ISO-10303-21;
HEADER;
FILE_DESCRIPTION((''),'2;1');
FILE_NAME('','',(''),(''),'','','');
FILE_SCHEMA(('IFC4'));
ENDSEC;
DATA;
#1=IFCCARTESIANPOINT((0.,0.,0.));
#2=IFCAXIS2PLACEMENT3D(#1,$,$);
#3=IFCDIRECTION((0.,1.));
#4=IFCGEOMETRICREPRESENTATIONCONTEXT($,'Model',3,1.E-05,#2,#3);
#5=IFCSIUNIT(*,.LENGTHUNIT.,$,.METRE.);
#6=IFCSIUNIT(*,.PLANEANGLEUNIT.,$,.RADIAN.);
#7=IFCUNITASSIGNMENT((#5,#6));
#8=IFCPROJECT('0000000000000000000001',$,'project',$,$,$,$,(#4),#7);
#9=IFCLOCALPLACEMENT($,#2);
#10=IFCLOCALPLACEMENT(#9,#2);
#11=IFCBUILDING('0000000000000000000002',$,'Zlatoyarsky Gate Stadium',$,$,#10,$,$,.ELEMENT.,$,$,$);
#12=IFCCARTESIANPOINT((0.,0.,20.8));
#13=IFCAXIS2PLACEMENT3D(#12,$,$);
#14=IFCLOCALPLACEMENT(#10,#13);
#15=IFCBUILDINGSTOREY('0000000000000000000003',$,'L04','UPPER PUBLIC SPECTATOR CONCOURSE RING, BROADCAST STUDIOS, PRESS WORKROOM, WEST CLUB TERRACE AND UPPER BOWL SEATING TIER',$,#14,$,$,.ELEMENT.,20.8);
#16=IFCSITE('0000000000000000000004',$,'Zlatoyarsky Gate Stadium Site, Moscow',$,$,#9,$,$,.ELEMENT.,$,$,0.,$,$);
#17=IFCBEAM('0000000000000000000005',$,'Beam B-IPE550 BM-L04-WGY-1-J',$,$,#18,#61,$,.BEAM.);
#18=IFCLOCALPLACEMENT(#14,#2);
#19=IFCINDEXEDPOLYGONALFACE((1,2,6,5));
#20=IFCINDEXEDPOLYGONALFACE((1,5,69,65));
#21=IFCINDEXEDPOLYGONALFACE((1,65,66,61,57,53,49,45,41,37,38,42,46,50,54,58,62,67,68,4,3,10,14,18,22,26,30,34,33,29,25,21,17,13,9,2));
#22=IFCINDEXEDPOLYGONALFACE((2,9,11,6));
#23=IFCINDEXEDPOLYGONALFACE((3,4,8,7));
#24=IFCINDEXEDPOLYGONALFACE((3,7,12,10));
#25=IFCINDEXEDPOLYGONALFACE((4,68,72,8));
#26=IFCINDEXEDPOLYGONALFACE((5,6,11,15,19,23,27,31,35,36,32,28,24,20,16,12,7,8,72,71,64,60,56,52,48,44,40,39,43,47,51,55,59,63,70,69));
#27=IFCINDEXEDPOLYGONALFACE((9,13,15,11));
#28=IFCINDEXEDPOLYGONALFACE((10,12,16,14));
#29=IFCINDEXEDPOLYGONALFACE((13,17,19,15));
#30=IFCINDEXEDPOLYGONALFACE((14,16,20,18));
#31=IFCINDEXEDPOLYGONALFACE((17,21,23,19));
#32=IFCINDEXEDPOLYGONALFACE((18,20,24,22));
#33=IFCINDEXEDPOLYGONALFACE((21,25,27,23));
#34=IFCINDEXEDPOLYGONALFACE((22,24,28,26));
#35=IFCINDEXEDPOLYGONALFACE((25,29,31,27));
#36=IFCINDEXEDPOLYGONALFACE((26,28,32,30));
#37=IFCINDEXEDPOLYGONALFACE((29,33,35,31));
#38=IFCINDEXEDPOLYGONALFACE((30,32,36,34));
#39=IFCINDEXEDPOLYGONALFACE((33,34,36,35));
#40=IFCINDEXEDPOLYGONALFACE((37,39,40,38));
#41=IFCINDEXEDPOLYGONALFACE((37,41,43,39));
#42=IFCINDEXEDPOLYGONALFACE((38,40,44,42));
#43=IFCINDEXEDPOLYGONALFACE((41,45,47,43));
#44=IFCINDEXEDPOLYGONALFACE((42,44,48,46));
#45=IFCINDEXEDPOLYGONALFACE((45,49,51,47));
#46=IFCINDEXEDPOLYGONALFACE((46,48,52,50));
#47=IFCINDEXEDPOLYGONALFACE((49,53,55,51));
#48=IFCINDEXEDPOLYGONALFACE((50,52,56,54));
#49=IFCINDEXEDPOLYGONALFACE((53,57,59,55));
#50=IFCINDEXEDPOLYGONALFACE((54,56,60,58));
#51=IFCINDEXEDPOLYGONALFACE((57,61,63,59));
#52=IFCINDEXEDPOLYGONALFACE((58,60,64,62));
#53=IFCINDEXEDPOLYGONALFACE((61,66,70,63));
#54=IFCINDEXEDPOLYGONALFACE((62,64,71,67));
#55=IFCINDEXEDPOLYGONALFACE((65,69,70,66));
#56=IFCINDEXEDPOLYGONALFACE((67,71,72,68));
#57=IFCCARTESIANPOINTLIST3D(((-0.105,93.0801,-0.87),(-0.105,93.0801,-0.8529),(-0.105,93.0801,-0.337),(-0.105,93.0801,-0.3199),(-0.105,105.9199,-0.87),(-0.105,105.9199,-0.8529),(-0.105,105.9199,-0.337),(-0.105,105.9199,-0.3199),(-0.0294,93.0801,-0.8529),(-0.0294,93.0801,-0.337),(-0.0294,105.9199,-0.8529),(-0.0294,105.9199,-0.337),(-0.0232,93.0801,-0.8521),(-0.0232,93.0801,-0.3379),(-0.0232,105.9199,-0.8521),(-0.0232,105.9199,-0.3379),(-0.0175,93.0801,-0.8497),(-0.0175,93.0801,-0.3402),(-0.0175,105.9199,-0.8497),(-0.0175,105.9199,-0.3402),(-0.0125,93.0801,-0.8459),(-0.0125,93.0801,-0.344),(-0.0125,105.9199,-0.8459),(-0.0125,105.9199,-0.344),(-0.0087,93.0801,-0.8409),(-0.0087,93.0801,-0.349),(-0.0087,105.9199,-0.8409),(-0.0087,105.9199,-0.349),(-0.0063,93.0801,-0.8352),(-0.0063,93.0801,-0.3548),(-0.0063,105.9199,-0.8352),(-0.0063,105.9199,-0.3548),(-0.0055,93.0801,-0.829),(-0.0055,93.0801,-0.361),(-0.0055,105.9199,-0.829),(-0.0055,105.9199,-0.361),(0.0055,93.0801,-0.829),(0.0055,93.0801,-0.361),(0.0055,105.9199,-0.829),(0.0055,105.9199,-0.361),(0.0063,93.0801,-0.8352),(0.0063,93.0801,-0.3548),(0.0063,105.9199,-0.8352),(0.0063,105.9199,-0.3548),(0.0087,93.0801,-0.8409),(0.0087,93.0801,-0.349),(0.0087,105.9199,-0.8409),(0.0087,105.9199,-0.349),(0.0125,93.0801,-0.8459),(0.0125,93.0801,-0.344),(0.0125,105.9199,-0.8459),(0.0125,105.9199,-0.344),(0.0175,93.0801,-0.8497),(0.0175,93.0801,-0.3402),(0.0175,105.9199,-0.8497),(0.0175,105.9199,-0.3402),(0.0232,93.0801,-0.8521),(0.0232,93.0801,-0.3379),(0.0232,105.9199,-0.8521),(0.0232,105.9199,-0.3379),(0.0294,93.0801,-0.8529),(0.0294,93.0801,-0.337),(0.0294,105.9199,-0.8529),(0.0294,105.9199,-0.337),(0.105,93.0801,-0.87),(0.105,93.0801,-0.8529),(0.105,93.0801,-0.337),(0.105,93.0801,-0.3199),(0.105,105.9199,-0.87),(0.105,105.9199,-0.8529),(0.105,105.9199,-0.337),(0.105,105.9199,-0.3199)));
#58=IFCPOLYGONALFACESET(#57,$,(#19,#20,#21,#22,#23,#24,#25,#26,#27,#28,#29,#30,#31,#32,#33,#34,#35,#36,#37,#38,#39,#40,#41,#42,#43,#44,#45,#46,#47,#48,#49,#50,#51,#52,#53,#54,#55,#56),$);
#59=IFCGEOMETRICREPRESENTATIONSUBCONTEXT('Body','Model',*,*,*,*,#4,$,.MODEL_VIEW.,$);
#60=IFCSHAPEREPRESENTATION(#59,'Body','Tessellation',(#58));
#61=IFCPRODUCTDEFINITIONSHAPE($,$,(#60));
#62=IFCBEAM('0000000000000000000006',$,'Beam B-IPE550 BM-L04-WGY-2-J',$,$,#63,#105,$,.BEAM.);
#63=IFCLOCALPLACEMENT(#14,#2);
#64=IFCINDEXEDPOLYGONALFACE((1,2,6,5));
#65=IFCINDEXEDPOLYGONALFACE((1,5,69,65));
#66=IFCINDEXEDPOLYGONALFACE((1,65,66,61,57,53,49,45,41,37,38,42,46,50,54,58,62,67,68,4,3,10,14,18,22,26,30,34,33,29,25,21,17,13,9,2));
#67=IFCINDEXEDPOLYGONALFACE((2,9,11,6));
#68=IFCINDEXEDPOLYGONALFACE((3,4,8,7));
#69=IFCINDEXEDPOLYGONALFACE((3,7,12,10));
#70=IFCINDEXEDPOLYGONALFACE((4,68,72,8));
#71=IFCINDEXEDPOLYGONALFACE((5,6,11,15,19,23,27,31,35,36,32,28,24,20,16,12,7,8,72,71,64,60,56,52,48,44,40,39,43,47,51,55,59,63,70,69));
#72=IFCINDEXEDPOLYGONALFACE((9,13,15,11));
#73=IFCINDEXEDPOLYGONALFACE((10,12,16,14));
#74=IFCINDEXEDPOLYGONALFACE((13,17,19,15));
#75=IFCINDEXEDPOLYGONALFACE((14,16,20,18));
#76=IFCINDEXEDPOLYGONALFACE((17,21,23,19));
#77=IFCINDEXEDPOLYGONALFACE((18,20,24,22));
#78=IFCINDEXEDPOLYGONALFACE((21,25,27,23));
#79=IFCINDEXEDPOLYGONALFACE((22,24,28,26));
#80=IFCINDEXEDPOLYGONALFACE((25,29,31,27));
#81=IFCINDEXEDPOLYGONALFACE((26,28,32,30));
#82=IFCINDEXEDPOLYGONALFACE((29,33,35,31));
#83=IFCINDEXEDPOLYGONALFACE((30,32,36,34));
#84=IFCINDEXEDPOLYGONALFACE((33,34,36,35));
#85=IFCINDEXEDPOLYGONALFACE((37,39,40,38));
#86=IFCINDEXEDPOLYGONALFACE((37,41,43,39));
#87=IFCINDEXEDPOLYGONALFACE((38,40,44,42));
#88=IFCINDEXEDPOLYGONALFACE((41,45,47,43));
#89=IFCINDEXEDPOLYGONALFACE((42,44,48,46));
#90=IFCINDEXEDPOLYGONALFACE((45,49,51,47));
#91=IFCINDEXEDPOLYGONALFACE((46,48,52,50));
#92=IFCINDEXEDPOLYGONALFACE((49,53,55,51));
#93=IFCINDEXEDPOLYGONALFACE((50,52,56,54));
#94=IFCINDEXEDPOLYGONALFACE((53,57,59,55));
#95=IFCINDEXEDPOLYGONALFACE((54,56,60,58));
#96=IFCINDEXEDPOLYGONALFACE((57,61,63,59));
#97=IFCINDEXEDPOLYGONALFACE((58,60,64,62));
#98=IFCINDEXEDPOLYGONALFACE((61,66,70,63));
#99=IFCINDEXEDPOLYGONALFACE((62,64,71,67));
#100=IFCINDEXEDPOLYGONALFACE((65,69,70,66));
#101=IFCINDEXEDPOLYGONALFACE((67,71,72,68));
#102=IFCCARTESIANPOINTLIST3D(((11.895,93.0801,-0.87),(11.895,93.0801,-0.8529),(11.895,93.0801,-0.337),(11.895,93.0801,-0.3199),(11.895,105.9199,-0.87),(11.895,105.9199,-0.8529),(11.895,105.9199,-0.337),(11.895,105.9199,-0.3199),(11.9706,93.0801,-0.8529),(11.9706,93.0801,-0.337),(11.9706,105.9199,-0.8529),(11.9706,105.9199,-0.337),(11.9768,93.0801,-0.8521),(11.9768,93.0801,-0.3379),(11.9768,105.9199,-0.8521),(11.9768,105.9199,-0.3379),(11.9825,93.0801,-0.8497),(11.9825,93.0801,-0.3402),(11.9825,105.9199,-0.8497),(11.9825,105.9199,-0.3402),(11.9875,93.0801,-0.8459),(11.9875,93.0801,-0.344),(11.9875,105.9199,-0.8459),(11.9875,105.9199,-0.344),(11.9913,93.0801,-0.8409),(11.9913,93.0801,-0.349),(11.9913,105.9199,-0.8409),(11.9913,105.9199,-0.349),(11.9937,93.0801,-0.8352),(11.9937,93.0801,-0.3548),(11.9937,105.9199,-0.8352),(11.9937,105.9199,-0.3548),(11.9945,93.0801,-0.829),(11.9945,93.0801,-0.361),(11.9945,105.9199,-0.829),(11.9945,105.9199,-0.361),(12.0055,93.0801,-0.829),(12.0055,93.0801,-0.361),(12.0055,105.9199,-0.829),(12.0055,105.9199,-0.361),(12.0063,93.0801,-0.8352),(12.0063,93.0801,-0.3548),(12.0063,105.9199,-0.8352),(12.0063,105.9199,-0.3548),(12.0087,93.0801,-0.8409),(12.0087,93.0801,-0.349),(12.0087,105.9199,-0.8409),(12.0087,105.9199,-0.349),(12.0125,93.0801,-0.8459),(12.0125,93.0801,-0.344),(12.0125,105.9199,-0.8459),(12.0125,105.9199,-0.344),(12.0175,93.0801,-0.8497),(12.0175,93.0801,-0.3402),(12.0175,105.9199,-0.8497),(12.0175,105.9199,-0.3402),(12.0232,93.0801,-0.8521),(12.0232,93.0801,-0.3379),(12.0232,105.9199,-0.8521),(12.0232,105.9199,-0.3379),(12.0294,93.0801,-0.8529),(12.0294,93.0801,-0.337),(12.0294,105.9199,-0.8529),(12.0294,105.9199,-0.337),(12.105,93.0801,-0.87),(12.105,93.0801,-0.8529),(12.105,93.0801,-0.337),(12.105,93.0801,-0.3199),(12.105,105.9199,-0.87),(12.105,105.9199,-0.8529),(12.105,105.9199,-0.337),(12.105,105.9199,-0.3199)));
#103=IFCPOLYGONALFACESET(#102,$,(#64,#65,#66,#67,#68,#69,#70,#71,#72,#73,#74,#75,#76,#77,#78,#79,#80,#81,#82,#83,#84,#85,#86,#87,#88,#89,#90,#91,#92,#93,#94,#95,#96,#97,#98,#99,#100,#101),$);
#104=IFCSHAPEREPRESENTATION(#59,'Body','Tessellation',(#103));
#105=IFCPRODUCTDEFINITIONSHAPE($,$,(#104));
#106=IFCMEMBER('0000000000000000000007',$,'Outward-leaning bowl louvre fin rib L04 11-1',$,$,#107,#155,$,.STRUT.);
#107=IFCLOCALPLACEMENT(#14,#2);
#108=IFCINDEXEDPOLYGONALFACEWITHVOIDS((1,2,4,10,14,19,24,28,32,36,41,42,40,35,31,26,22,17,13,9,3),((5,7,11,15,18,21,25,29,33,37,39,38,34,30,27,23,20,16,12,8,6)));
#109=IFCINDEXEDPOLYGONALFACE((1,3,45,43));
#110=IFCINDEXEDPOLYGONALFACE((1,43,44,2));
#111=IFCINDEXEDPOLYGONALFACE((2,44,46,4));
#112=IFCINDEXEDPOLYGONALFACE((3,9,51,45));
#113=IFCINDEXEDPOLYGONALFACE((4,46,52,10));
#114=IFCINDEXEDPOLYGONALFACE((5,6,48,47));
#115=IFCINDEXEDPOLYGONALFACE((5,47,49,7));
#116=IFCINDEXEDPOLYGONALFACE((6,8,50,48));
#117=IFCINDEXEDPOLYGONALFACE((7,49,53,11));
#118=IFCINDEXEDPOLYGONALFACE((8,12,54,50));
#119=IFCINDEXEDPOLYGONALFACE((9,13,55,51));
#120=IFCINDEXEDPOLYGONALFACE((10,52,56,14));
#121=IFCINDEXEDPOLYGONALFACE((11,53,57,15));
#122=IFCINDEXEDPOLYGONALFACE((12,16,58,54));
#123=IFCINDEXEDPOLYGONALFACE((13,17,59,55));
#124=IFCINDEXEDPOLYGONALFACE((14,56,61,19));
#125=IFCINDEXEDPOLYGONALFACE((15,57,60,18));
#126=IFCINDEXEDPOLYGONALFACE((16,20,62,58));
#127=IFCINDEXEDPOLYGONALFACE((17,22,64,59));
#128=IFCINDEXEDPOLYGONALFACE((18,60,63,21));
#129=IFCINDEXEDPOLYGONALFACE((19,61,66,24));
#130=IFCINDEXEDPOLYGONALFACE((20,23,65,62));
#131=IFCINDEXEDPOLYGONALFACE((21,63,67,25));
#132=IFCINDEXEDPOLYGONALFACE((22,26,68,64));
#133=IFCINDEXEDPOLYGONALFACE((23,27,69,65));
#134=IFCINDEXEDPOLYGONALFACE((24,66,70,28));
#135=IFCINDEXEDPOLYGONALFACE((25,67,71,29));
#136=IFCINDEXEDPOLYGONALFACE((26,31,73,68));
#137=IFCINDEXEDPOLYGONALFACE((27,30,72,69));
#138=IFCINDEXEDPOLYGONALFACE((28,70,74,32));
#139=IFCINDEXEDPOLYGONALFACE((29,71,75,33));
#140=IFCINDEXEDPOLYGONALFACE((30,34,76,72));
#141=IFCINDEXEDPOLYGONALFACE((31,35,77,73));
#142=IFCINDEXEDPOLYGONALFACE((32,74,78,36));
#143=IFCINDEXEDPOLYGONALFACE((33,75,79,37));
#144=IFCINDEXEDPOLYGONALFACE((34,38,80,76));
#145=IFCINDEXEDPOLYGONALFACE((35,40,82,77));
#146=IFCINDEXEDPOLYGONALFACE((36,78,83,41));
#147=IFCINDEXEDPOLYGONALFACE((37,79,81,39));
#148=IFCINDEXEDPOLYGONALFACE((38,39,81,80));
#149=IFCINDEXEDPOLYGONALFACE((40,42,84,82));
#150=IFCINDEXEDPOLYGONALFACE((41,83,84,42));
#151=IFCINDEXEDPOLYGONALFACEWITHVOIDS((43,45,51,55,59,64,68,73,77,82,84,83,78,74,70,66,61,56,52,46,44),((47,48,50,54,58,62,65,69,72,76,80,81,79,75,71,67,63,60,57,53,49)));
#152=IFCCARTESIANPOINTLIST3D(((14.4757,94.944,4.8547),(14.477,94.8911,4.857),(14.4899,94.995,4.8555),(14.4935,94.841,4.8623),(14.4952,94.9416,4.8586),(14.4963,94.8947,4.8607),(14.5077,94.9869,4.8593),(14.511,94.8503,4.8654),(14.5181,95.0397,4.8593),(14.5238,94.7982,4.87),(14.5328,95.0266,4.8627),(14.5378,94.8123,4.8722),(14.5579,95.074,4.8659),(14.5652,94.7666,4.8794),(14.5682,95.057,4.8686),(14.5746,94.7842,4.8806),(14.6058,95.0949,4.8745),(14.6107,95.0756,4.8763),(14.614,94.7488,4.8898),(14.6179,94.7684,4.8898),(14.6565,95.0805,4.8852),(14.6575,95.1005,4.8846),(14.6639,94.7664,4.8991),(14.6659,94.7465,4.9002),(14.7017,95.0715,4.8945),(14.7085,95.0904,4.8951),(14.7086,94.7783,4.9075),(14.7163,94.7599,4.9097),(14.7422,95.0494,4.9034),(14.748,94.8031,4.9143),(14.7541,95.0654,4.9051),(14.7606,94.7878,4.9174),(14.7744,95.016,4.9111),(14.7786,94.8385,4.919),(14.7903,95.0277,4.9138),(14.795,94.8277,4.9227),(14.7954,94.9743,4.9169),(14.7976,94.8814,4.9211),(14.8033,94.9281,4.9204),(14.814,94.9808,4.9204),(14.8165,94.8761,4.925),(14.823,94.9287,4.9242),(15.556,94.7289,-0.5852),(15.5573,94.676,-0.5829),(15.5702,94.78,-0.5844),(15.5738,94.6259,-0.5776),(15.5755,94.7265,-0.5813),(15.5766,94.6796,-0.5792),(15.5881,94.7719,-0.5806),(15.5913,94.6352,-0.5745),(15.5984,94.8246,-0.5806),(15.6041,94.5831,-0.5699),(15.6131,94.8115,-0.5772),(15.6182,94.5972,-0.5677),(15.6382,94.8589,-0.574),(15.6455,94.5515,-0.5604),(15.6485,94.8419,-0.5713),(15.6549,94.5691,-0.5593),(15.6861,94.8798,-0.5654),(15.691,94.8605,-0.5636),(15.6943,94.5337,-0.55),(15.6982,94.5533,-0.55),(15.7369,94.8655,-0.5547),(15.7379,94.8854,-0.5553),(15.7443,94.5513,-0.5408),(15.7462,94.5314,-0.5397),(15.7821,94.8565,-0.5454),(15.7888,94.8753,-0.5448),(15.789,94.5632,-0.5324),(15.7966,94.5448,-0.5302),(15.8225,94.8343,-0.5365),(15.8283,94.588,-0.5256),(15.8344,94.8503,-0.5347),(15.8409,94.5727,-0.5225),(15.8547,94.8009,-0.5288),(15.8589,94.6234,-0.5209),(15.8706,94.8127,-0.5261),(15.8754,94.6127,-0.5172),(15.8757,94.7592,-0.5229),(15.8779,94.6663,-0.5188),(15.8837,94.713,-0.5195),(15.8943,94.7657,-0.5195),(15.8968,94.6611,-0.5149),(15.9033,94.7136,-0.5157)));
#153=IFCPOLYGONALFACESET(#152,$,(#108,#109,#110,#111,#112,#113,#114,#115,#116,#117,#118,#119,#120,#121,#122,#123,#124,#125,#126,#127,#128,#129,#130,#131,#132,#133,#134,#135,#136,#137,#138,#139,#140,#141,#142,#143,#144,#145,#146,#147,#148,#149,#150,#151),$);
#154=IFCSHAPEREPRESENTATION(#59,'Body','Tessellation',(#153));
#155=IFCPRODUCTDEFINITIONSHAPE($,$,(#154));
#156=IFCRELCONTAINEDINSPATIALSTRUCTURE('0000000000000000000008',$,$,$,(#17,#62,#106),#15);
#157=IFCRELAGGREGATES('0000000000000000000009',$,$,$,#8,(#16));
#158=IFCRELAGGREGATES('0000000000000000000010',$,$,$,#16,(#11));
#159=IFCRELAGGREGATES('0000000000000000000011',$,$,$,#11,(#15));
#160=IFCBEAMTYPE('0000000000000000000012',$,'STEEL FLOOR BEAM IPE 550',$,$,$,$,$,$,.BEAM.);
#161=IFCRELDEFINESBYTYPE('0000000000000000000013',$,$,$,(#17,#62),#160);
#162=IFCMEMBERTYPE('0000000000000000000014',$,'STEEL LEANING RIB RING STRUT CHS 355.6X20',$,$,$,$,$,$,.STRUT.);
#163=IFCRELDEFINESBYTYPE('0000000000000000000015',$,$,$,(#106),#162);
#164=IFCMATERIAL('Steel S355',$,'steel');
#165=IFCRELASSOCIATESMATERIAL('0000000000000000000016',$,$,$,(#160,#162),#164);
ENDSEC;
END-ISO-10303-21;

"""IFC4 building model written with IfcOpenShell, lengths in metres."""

from ifc_helpers import new_model, si_unit, direction, frame, origin, origin_2d, place, context, subcontext, project, spatial, hollow_circle, i_section, extrude, material, material_profile, profile_set, type_object, element, save


model = new_model("IFC4")

# Units and contexts
model_context = context("Model", 3, precision=1e-05, world=origin(), true_north=direction((0.0, 1.0)))
body_context = subcontext(model_context, "Body", "Model", "MODEL_VIEW")
ifc_project = project(units=[si_unit("LENGTHUNIT", "METRE"), si_unit("PLANEANGLEUNIT", "RADIAN")], contexts=[model_context])

# Site, building, storey
site_placement = place(None, origin())
site = spatial("IfcSite", under=ifc_project, at=site_placement, Name="Zlatoyarsky Gate Stadium Site, Moscow", CompositionType="ELEMENT", RefElevation=0.0)
building_placement = place(site_placement, origin())
building = spatial("IfcBuilding", under=site, at=building_placement, Name="Zlatoyarsky Gate Stadium", CompositionType="ELEMENT")
storey_placement = place(building_placement, frame((0.0, 0.0, 20.8)))
storey = spatial("IfcBuildingStorey", under=building, at=storey_placement, Name="L04", Description="UPPER PUBLIC SPECTATOR CONCOURSE RING, BROADCAST STUDIOS, PRESS WORKROOM, WEST CLUB TERRACE AND UPPER BOWL SEATING TIER", CompositionType="ELEMENT", Elevation=20.8)

# Shared definitions
ifc_material_1 = material(Name="Steel S355", Category="steel")

# Beams
ifc_material_profile_1 = material_profile(ifc_material_1, i_section(OverallWidth=0.21, OverallDepth=0.55, WebThickness=0.011, FlangeThickness=0.0171, FilletRadius=0.0239, at=origin_2d()), Name="IPE 550")
ifc_profile_set_1 = profile_set([ifc_material_profile_1], Name="Steel S355")
beam_type_1 = type_object("IfcBeamType", Name="STEEL FLOOR BEAM IPE 550", PredefinedType="BEAM", material=ifc_profile_set_1)
for number, where, z_axis, x_axis, name in (
    (1, (0.0, 93.0801, -0.595), (0.0, 1.0, 0.0), (-1.0, 0.0, 0.0), "Beam B-IPE550 BM-L04-WGY-1-J"),
    (2, (12.0, 93.0801, -0.595), (0.0, 1.0, 0.0), (-1.0, 0.0, 0.0), "Beam B-IPE550 BM-L04-WGY-2-J"),
):
    element("IfcBeam", number, at=place(storey_placement, frame(where, z_axis=z_axis, x_axis=x_axis)), inside=storey, type_object=beam_type_1, Name=name, PredefinedType="BEAM", context=body_context, shape_type="SweptSolid", body=[
        extrude(i_section(OverallWidth=0.21, OverallDepth=0.55, WebThickness=0.011, FlangeThickness=0.0171, FilletRadius=0.0239, at=origin_2d()), origin(), (0.0, 0.0, 1.0), 12.8398),
    ])

# Member
ifc_material_profile_2 = material_profile(ifc_material_1, hollow_circle(Radius=0.1777, WallThickness=0.02, at=origin_2d()), Name="CHS 355.6X20")
ifc_profile_set_2 = profile_set([ifc_material_profile_2], Name="Steel S355")
member_type_1 = type_object("IfcMemberType", Name="STEEL LEANING RIB RING STRUT CHS 355.6X20", PredefinedType="STRUT", material=ifc_profile_set_2)
member_1_placement = place(storey_placement, frame((15.729, 94.708, -0.55), z_axis=(-0.194641, 0.038752, 0.980109), x_axis=(-0.195264, -0.980751, 0.0)))
element("IfcMember", 3, at=member_1_placement, inside=storey, type_object=member_type_1, Name="Outward-leaning bowl louvre fin rib L04 11-1", PredefinedType="STRUT", context=body_context, shape_type="SweptSolid", body=[
    extrude(hollow_circle(Radius=0.1777, WallThickness=0.02, at=origin_2d()), origin(), (0.0, 0.0, 1.0), 5.5503),
])

save(model, "model.ifc")
